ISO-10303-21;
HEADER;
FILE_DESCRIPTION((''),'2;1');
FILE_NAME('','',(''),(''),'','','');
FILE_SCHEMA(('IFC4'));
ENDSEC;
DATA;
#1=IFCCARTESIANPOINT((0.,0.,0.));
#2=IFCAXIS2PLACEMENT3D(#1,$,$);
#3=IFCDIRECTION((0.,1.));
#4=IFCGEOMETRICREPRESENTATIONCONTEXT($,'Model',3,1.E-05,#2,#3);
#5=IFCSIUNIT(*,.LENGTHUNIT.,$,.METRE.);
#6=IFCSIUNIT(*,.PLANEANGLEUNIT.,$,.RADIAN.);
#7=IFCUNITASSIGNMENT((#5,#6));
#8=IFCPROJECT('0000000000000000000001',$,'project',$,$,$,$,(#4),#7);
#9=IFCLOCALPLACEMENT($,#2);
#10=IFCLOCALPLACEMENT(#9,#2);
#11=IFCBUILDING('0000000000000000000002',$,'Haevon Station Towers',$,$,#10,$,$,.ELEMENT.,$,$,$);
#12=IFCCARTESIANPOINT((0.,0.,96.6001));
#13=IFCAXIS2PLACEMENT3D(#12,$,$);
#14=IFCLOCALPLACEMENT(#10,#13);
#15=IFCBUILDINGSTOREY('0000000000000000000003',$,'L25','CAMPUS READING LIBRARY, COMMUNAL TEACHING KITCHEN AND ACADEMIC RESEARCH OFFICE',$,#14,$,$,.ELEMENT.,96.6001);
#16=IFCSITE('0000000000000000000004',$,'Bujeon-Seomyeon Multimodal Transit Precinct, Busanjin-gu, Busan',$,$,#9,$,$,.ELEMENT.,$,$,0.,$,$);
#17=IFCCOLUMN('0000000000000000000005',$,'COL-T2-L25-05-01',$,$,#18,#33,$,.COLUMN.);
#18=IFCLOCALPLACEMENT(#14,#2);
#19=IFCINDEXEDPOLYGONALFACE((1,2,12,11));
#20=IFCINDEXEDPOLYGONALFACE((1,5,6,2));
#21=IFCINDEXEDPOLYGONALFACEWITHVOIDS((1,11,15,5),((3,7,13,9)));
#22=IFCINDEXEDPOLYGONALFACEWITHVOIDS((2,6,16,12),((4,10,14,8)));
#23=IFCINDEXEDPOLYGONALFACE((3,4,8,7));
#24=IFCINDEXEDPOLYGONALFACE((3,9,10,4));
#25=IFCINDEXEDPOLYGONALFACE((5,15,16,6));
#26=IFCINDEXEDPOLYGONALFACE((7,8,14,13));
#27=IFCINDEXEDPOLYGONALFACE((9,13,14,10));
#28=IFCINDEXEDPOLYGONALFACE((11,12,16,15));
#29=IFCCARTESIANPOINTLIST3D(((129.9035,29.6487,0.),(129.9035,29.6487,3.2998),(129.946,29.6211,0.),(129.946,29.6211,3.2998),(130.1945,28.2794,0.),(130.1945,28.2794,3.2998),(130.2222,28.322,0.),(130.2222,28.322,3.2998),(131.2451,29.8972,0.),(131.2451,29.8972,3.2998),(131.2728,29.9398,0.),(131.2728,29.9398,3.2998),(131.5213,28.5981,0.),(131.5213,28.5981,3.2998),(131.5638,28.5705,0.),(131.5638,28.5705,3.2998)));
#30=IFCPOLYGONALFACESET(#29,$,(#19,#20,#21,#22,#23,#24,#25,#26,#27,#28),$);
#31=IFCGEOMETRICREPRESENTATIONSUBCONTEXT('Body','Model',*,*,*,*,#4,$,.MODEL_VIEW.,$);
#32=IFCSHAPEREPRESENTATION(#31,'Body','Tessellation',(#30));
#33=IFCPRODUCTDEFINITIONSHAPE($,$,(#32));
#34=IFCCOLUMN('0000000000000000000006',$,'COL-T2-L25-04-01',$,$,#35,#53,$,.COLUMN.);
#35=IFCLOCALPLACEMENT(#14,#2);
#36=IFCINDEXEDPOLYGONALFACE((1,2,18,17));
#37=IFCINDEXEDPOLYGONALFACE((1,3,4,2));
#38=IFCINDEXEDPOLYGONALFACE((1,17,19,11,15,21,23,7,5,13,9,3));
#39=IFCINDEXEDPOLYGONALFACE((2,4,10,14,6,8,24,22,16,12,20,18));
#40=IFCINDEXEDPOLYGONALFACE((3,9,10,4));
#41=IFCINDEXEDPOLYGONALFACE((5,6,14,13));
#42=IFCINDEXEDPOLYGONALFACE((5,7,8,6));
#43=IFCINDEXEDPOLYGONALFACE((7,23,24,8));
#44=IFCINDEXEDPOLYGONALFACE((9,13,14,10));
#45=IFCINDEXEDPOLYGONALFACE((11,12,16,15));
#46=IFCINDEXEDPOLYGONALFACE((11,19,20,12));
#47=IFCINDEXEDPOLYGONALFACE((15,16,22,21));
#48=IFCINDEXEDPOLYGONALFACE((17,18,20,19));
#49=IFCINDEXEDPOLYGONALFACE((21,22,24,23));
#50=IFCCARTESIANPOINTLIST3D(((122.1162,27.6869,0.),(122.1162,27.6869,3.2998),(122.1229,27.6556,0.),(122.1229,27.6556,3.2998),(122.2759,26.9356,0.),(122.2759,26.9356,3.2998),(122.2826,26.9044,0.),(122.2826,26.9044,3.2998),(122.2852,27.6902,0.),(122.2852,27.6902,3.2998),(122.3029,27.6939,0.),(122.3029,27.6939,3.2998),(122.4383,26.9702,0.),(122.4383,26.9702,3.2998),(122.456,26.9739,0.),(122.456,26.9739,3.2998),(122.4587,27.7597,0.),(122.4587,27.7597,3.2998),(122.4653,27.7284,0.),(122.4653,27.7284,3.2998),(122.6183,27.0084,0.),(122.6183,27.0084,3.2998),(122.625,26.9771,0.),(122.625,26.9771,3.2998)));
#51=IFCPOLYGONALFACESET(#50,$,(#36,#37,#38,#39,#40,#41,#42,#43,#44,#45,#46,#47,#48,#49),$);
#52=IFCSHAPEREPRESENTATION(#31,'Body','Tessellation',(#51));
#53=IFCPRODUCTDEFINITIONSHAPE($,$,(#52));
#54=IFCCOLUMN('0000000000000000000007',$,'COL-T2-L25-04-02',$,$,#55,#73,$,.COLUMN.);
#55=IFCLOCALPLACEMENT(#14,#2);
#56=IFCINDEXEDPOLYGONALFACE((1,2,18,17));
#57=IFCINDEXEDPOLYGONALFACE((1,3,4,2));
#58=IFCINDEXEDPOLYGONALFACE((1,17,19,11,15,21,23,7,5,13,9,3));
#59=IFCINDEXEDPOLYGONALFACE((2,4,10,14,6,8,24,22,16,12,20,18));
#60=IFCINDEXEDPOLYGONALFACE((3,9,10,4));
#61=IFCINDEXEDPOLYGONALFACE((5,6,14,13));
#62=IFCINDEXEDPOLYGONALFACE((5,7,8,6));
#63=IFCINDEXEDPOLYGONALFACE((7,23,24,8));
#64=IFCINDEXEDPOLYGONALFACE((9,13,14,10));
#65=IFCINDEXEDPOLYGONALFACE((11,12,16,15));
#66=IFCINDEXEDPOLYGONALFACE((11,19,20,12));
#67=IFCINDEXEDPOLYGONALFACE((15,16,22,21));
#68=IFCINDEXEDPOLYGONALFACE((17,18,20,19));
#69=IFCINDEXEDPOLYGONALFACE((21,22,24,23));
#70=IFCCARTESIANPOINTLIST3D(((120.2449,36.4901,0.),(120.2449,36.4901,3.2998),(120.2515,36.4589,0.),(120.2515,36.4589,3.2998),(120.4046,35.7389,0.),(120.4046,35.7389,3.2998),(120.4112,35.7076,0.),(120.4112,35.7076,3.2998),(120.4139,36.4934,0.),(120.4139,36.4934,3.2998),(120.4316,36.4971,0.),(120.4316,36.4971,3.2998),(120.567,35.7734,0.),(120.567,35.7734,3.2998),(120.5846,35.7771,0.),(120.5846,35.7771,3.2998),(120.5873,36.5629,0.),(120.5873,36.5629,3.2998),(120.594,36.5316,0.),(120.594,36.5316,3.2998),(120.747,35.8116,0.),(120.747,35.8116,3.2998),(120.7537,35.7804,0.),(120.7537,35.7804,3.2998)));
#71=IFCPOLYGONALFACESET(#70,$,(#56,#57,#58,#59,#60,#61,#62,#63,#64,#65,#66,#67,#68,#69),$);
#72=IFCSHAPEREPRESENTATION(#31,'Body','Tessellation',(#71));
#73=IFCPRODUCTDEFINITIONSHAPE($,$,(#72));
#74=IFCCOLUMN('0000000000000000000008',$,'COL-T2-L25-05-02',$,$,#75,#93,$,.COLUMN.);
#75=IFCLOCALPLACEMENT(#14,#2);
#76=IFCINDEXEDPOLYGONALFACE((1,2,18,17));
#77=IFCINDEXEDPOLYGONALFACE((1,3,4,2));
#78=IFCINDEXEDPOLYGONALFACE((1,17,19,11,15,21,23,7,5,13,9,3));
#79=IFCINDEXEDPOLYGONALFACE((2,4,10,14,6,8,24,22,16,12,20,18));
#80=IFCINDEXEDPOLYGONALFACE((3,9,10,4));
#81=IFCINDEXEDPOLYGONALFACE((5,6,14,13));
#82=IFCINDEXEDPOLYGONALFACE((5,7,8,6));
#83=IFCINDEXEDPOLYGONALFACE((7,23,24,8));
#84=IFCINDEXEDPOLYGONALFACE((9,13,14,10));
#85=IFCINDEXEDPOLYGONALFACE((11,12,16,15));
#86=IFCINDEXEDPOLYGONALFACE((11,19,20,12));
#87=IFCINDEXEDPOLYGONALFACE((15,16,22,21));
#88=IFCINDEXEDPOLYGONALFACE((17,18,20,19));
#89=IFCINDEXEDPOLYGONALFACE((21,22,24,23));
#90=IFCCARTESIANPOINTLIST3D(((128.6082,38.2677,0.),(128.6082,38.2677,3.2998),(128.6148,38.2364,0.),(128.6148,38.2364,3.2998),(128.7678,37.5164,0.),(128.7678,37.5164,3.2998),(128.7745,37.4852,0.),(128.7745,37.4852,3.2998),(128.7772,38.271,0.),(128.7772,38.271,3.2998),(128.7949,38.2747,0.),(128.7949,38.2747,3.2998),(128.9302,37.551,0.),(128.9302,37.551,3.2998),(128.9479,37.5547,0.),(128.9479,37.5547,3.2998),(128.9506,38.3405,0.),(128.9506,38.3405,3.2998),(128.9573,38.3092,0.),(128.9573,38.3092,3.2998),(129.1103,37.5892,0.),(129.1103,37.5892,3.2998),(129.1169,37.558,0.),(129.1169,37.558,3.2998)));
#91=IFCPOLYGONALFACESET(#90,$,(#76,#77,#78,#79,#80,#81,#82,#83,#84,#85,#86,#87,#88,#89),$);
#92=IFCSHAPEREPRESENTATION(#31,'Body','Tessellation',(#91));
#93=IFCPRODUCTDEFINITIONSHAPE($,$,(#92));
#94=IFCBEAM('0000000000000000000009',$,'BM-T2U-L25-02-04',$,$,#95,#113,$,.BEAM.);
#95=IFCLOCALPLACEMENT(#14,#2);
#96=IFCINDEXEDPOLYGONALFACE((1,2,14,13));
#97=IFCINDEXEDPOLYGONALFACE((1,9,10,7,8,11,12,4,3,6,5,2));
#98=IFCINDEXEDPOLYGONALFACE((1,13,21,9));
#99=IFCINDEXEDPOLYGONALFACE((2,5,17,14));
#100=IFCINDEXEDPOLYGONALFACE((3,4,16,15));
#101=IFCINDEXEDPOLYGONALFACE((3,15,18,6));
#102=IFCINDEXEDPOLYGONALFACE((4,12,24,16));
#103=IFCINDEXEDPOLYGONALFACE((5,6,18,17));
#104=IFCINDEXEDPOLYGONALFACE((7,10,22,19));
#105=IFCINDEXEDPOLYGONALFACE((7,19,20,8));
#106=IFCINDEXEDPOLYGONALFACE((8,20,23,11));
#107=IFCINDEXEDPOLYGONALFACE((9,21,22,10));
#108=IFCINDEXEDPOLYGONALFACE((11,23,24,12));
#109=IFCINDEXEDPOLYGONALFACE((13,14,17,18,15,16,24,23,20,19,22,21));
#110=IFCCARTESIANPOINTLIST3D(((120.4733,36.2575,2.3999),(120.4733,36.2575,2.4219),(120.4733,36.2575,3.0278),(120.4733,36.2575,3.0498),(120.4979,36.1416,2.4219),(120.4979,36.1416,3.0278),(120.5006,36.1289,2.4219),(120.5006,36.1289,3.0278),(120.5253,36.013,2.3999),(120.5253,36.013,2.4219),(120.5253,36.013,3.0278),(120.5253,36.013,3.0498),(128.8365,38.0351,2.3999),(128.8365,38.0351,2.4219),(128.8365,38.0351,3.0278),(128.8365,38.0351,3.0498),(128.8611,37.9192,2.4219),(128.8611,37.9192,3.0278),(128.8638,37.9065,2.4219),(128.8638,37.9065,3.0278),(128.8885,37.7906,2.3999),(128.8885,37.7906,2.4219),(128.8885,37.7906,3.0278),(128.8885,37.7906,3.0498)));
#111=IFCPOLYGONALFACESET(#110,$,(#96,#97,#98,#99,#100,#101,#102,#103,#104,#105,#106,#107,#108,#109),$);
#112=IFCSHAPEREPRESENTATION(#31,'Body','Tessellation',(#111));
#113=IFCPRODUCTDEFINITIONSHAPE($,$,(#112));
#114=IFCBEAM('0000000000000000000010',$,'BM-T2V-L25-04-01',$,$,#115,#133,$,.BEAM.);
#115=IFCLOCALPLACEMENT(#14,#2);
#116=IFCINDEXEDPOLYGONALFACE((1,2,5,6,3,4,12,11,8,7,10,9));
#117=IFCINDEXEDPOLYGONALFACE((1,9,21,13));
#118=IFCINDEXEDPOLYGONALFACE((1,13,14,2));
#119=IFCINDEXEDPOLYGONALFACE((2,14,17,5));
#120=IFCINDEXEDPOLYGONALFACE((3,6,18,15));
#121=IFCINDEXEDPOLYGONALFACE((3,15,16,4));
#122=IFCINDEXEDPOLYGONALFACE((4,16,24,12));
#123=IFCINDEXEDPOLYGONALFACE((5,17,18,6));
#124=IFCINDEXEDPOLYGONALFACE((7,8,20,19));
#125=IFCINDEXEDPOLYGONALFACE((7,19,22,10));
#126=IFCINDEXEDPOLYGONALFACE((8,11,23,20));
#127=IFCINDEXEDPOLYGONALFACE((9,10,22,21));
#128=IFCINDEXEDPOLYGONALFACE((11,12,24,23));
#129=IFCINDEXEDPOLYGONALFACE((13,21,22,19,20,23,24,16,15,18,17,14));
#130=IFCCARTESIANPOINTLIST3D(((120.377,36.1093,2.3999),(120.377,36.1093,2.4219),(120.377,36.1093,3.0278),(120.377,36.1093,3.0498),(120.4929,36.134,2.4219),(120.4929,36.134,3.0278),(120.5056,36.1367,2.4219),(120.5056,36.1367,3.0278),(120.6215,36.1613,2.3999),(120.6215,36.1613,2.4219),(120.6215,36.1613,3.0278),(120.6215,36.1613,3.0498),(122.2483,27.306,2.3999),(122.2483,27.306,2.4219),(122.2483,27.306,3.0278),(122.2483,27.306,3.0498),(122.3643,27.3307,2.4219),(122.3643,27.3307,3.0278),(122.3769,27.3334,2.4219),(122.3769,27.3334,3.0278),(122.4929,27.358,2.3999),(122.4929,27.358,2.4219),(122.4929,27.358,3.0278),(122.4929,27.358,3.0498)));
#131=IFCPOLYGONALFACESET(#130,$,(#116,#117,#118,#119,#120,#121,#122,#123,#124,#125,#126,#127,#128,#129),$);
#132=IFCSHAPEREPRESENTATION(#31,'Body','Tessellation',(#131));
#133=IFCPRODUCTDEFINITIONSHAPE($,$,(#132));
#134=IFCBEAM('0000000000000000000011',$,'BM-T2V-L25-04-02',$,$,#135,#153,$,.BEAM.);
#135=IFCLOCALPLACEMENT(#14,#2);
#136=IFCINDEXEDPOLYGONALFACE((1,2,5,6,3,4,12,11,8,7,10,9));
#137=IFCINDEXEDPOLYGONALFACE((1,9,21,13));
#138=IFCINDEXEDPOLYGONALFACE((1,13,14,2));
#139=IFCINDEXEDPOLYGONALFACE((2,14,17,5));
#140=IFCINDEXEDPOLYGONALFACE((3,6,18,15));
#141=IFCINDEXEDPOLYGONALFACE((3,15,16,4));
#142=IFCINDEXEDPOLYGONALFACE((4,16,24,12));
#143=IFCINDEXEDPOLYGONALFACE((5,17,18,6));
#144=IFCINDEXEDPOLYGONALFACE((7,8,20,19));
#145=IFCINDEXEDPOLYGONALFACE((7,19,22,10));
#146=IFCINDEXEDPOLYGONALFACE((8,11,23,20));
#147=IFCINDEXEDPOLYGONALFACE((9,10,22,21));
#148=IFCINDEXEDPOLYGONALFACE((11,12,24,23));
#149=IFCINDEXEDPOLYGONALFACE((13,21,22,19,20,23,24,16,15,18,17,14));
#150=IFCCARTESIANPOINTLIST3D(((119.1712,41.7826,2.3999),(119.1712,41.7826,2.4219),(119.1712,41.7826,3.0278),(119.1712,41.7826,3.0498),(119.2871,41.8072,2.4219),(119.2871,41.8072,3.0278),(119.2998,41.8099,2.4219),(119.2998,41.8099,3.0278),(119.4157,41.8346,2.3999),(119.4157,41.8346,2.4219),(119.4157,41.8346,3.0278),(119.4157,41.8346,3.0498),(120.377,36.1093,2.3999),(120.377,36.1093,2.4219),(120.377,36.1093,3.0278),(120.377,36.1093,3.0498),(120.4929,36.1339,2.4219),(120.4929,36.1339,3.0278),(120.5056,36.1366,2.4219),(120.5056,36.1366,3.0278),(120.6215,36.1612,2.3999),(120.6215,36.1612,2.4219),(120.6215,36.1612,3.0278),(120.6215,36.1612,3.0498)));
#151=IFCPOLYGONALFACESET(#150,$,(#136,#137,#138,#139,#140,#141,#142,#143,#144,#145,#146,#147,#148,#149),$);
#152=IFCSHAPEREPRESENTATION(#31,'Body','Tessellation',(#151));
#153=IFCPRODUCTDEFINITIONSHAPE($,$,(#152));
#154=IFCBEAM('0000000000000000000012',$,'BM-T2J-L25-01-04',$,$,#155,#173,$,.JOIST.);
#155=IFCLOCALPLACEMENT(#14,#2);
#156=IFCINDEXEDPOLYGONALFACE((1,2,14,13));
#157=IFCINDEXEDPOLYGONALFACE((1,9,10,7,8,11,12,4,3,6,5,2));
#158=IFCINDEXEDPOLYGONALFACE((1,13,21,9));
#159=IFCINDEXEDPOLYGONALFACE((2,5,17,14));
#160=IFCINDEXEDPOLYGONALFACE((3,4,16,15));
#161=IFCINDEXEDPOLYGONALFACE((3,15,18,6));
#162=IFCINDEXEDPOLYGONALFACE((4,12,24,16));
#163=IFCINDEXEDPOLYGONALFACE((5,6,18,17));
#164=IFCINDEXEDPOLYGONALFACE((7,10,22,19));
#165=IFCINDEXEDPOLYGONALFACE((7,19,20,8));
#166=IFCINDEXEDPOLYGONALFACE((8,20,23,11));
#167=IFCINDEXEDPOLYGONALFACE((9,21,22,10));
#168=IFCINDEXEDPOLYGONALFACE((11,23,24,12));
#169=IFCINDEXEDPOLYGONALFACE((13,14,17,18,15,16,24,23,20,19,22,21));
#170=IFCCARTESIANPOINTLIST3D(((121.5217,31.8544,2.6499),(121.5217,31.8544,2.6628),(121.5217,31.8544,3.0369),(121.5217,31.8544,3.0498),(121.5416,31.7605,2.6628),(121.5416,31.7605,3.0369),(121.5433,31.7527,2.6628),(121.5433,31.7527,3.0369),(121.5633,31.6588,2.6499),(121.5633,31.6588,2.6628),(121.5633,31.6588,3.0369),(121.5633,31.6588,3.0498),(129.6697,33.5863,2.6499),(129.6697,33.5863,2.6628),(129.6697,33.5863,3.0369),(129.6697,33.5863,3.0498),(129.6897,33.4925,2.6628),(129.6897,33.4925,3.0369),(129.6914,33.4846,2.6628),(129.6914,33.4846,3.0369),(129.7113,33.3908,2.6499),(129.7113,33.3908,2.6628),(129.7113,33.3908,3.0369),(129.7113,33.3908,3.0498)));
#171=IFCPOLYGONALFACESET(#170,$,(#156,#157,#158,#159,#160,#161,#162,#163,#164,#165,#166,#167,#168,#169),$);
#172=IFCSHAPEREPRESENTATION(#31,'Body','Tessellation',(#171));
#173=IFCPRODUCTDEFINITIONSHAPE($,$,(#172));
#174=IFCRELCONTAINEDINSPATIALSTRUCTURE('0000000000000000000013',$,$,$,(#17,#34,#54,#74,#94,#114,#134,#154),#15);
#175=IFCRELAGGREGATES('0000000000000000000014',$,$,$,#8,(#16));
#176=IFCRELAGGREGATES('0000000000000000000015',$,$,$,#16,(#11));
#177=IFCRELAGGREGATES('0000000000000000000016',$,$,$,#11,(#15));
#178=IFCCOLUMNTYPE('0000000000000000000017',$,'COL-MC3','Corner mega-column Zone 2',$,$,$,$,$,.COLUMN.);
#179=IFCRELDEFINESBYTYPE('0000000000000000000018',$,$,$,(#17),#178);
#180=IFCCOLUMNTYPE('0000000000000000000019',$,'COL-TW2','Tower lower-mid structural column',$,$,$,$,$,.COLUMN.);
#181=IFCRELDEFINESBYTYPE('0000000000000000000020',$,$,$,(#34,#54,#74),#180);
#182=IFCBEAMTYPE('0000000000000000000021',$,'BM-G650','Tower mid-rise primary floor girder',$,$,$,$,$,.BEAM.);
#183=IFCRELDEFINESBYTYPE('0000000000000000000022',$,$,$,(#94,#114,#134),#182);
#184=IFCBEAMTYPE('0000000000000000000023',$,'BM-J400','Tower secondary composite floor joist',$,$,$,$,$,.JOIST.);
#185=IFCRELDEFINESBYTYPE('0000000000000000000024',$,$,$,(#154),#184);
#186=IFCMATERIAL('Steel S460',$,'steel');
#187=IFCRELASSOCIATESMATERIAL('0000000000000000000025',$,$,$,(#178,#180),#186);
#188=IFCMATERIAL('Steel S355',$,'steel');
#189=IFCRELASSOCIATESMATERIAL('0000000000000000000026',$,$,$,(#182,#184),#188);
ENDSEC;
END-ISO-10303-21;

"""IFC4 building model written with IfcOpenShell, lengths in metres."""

from ifc_helpers import new_model, si_unit, direction, frame, origin, origin_2d, place, context, subcontext, project, spatial, hollow_rectangle, i_section, extrude, material, material_profile, profile_set, type_object, element, save


model = new_model("IFC4")

# Units and contexts
model_context = context("Model", 3, precision=1e-05, world=origin(), true_north=direction((0.0, 1.0)))
body_context = subcontext(model_context, "Body", "Model", "MODEL_VIEW")
ifc_project = project(units=[si_unit("LENGTHUNIT", "METRE"), si_unit("PLANEANGLEUNIT", "RADIAN")], contexts=[model_context])

# Site, building, storey
site_placement = place(None, origin())
site = spatial("IfcSite", under=ifc_project, at=site_placement, Name="Bujeon-Seomyeon Multimodal Transit Precinct, Busanjin-gu, Busan", CompositionType="ELEMENT", RefElevation=0.0)
building_placement = place(site_placement, origin())
building = spatial("IfcBuilding", under=site, at=building_placement, Name="Haevon Station Towers", CompositionType="ELEMENT")
storey_placement = place(building_placement, frame((0.0, 0.0, 96.6001)))
storey = spatial("IfcBuildingStorey", under=building, at=storey_placement, Name="L25", Description="CAMPUS READING LIBRARY, COMMUNAL TEACHING KITCHEN AND ACADEMIC RESEARCH OFFICE", CompositionType="ELEMENT", Elevation=96.6001)

# Columns
ifc_material_1 = material(Name="Steel S460", Category="steel")
ifc_material_profile_1 = material_profile(ifc_material_1, hollow_rectangle(XDim=1.3999, YDim=1.3999, WallThickness=0.0359, at=origin_2d()), Name="BOX-1400x1400x36")
ifc_profile_set_1 = profile_set([ifc_material_profile_1], Name="Steel S460")
column_type_1 = type_object("IfcColumnType", Name="COL-MC3", Description="Corner mega-column Zone 2", PredefinedType="COLUMN", material=ifc_profile_set_1)
column_placement = place(storey_placement, frame((130.7336, 29.1096, 0.0), z_axis=(0.0, 0.0, 1.0), x_axis=(0.978148, 0.207912, 0.0)))
element("IfcColumn", 1, at=column_placement, inside=storey, type_object=column_type_1, Name="COL-T2-L25-05-01", PredefinedType="COLUMN", context=body_context, shape_type="SweptSolid", body=[
    extrude(hollow_rectangle(XDim=1.3999, YDim=1.3999, WallThickness=0.0359, at=origin_2d()), origin(), (0.0, 0.0, 1.0), 3.2998),
])
ifc_material_profile_2 = material_profile(ifc_material_1, i_section(OverallWidth=0.3501, OverallDepth=0.8, WebThickness=0.0181, FlangeThickness=0.032, at=origin_2d()), Name="H-800x350x18x32")
ifc_profile_set_2 = profile_set([ifc_material_profile_2], Name="Steel S460")
column_type_2 = type_object("IfcColumnType", Name="COL-TW2", Description="Tower lower-mid structural column", PredefinedType="COLUMN", material=ifc_profile_set_2)
for number, where, z_axis, x_axis, name in (
    (2, (122.3706, 27.332, 0.0), (0.0, 0.0, 1.0), (0.978148, 0.207912, 0.0), "COL-T2-L25-04-01"),
    (3, (120.4993, 36.1353, 0.0), (0.0, 0.0, 1.0), (0.978148, 0.207912, 0.0), "COL-T2-L25-04-02"),
    (4, (128.8625, 37.9128, 0.0), (0.0, 0.0, 1.0), (0.978148, 0.207912, 0.0), "COL-T2-L25-05-02"),
):
    element("IfcColumn", number, at=place(storey_placement, frame(where, z_axis=z_axis, x_axis=x_axis)), inside=storey, type_object=column_type_2, Name=name, PredefinedType="COLUMN", context=body_context, shape_type="SweptSolid", body=[
        extrude(i_section(OverallWidth=0.3501, OverallDepth=0.8, WebThickness=0.0181, FlangeThickness=0.032, at=origin_2d()), origin(), (0.0, 0.0, 1.0), 3.2998),
    ])

# Beams
ifc_material_2 = material(Name="Steel S355", Category="steel")
ifc_material_profile_3 = material_profile(ifc_material_2, i_section(OverallWidth=0.25, OverallDepth=0.6499, WebThickness=0.0129, FlangeThickness=0.022, at=origin_2d()), Name="H-650x250x13x22")
ifc_profile_set_3 = profile_set([ifc_material_profile_3], Name="Steel S355")
beam_type_1 = type_object("IfcBeamType", Name="BM-G650", Description="Tower mid-rise primary floor girder", PredefinedType="BEAM", material=ifc_profile_set_3)
beam_1_placement = place(storey_placement, frame((120.4993, 36.1353, 2.7249), z_axis=(0.97815, 0.207902, 0.0), x_axis=(-0.207902, 0.97815, 0.0)))
element("IfcBeam", 5, at=beam_1_placement, inside=storey, type_object=beam_type_1, Name="BM-T2U-L25-02-04", PredefinedType="BEAM", context=body_context, shape_type="SweptSolid", body=[
    extrude(i_section(OverallWidth=0.25, OverallDepth=0.6499, WebThickness=0.0129, FlangeThickness=0.022, at=origin_2d()), origin(), (0.0, 0.0, 1.0), 8.55),
])
beam_2_placement = place(storey_placement, frame((122.3706, 27.332, 2.7249), z_axis=(-0.207928, 0.978144, 0.0), x_axis=(-0.978144, -0.207928, 0.0)))
element("IfcBeam", 6, at=beam_2_placement, inside=storey, type_object=beam_type_1, Name="BM-T2V-L25-04-01", PredefinedType="BEAM", context=body_context, shape_type="SweptSolid", body=[
    extrude(i_section(OverallWidth=0.25, OverallDepth=0.6499, WebThickness=0.0129, FlangeThickness=0.022, at=origin_2d()), origin(), (0.0, 0.0, 1.0), 9.0),
])
beam_3_placement = place(storey_placement, frame((120.4993, 36.1353, 2.7249), z_axis=(-0.207896, 0.978151, 0.0), x_axis=(-0.978151, -0.207896, 0.0)))
element("IfcBeam", 7, at=beam_3_placement, inside=storey, type_object=beam_type_1, Name="BM-T2V-L25-04-02", PredefinedType="BEAM", context=body_context, shape_type="SweptSolid", body=[
    extrude(i_section(OverallWidth=0.25, OverallDepth=0.6499, WebThickness=0.0129, FlangeThickness=0.022, at=origin_2d()), origin(), (0.0, 0.0, 1.0), 5.8),
])
ifc_material_profile_4 = material_profile(ifc_material_2, i_section(OverallWidth=0.2, OverallDepth=0.3999, WebThickness=0.0081, FlangeThickness=0.0129, at=origin_2d()), Name="H-400x200x8x13")
ifc_profile_set_4 = profile_set([ifc_material_profile_4], Name="Steel S355")
beam_type_2 = type_object("IfcBeamType", Name="BM-J400", Description="Tower secondary composite floor joist", PredefinedType="JOIST", material=ifc_profile_set_4)
beam_4_placement = place(storey_placement, frame((121.5425, 31.7566, 2.8499), z_axis=(0.978147, 0.207916, 0.0), x_axis=(-0.207916, 0.978147, 0.0)))
element("IfcBeam", 8, at=beam_4_placement, inside=storey, type_object=beam_type_2, Name="BM-T2J-L25-01-04", PredefinedType="JOIST", context=body_context, shape_type="SweptSolid", body=[
    extrude(i_section(OverallWidth=0.2, OverallDepth=0.3999, WebThickness=0.0081, FlangeThickness=0.0129, at=origin_2d()), origin(), (0.0, 0.0, 1.0), 8.3301),
])

save(model, "model.ifc")
